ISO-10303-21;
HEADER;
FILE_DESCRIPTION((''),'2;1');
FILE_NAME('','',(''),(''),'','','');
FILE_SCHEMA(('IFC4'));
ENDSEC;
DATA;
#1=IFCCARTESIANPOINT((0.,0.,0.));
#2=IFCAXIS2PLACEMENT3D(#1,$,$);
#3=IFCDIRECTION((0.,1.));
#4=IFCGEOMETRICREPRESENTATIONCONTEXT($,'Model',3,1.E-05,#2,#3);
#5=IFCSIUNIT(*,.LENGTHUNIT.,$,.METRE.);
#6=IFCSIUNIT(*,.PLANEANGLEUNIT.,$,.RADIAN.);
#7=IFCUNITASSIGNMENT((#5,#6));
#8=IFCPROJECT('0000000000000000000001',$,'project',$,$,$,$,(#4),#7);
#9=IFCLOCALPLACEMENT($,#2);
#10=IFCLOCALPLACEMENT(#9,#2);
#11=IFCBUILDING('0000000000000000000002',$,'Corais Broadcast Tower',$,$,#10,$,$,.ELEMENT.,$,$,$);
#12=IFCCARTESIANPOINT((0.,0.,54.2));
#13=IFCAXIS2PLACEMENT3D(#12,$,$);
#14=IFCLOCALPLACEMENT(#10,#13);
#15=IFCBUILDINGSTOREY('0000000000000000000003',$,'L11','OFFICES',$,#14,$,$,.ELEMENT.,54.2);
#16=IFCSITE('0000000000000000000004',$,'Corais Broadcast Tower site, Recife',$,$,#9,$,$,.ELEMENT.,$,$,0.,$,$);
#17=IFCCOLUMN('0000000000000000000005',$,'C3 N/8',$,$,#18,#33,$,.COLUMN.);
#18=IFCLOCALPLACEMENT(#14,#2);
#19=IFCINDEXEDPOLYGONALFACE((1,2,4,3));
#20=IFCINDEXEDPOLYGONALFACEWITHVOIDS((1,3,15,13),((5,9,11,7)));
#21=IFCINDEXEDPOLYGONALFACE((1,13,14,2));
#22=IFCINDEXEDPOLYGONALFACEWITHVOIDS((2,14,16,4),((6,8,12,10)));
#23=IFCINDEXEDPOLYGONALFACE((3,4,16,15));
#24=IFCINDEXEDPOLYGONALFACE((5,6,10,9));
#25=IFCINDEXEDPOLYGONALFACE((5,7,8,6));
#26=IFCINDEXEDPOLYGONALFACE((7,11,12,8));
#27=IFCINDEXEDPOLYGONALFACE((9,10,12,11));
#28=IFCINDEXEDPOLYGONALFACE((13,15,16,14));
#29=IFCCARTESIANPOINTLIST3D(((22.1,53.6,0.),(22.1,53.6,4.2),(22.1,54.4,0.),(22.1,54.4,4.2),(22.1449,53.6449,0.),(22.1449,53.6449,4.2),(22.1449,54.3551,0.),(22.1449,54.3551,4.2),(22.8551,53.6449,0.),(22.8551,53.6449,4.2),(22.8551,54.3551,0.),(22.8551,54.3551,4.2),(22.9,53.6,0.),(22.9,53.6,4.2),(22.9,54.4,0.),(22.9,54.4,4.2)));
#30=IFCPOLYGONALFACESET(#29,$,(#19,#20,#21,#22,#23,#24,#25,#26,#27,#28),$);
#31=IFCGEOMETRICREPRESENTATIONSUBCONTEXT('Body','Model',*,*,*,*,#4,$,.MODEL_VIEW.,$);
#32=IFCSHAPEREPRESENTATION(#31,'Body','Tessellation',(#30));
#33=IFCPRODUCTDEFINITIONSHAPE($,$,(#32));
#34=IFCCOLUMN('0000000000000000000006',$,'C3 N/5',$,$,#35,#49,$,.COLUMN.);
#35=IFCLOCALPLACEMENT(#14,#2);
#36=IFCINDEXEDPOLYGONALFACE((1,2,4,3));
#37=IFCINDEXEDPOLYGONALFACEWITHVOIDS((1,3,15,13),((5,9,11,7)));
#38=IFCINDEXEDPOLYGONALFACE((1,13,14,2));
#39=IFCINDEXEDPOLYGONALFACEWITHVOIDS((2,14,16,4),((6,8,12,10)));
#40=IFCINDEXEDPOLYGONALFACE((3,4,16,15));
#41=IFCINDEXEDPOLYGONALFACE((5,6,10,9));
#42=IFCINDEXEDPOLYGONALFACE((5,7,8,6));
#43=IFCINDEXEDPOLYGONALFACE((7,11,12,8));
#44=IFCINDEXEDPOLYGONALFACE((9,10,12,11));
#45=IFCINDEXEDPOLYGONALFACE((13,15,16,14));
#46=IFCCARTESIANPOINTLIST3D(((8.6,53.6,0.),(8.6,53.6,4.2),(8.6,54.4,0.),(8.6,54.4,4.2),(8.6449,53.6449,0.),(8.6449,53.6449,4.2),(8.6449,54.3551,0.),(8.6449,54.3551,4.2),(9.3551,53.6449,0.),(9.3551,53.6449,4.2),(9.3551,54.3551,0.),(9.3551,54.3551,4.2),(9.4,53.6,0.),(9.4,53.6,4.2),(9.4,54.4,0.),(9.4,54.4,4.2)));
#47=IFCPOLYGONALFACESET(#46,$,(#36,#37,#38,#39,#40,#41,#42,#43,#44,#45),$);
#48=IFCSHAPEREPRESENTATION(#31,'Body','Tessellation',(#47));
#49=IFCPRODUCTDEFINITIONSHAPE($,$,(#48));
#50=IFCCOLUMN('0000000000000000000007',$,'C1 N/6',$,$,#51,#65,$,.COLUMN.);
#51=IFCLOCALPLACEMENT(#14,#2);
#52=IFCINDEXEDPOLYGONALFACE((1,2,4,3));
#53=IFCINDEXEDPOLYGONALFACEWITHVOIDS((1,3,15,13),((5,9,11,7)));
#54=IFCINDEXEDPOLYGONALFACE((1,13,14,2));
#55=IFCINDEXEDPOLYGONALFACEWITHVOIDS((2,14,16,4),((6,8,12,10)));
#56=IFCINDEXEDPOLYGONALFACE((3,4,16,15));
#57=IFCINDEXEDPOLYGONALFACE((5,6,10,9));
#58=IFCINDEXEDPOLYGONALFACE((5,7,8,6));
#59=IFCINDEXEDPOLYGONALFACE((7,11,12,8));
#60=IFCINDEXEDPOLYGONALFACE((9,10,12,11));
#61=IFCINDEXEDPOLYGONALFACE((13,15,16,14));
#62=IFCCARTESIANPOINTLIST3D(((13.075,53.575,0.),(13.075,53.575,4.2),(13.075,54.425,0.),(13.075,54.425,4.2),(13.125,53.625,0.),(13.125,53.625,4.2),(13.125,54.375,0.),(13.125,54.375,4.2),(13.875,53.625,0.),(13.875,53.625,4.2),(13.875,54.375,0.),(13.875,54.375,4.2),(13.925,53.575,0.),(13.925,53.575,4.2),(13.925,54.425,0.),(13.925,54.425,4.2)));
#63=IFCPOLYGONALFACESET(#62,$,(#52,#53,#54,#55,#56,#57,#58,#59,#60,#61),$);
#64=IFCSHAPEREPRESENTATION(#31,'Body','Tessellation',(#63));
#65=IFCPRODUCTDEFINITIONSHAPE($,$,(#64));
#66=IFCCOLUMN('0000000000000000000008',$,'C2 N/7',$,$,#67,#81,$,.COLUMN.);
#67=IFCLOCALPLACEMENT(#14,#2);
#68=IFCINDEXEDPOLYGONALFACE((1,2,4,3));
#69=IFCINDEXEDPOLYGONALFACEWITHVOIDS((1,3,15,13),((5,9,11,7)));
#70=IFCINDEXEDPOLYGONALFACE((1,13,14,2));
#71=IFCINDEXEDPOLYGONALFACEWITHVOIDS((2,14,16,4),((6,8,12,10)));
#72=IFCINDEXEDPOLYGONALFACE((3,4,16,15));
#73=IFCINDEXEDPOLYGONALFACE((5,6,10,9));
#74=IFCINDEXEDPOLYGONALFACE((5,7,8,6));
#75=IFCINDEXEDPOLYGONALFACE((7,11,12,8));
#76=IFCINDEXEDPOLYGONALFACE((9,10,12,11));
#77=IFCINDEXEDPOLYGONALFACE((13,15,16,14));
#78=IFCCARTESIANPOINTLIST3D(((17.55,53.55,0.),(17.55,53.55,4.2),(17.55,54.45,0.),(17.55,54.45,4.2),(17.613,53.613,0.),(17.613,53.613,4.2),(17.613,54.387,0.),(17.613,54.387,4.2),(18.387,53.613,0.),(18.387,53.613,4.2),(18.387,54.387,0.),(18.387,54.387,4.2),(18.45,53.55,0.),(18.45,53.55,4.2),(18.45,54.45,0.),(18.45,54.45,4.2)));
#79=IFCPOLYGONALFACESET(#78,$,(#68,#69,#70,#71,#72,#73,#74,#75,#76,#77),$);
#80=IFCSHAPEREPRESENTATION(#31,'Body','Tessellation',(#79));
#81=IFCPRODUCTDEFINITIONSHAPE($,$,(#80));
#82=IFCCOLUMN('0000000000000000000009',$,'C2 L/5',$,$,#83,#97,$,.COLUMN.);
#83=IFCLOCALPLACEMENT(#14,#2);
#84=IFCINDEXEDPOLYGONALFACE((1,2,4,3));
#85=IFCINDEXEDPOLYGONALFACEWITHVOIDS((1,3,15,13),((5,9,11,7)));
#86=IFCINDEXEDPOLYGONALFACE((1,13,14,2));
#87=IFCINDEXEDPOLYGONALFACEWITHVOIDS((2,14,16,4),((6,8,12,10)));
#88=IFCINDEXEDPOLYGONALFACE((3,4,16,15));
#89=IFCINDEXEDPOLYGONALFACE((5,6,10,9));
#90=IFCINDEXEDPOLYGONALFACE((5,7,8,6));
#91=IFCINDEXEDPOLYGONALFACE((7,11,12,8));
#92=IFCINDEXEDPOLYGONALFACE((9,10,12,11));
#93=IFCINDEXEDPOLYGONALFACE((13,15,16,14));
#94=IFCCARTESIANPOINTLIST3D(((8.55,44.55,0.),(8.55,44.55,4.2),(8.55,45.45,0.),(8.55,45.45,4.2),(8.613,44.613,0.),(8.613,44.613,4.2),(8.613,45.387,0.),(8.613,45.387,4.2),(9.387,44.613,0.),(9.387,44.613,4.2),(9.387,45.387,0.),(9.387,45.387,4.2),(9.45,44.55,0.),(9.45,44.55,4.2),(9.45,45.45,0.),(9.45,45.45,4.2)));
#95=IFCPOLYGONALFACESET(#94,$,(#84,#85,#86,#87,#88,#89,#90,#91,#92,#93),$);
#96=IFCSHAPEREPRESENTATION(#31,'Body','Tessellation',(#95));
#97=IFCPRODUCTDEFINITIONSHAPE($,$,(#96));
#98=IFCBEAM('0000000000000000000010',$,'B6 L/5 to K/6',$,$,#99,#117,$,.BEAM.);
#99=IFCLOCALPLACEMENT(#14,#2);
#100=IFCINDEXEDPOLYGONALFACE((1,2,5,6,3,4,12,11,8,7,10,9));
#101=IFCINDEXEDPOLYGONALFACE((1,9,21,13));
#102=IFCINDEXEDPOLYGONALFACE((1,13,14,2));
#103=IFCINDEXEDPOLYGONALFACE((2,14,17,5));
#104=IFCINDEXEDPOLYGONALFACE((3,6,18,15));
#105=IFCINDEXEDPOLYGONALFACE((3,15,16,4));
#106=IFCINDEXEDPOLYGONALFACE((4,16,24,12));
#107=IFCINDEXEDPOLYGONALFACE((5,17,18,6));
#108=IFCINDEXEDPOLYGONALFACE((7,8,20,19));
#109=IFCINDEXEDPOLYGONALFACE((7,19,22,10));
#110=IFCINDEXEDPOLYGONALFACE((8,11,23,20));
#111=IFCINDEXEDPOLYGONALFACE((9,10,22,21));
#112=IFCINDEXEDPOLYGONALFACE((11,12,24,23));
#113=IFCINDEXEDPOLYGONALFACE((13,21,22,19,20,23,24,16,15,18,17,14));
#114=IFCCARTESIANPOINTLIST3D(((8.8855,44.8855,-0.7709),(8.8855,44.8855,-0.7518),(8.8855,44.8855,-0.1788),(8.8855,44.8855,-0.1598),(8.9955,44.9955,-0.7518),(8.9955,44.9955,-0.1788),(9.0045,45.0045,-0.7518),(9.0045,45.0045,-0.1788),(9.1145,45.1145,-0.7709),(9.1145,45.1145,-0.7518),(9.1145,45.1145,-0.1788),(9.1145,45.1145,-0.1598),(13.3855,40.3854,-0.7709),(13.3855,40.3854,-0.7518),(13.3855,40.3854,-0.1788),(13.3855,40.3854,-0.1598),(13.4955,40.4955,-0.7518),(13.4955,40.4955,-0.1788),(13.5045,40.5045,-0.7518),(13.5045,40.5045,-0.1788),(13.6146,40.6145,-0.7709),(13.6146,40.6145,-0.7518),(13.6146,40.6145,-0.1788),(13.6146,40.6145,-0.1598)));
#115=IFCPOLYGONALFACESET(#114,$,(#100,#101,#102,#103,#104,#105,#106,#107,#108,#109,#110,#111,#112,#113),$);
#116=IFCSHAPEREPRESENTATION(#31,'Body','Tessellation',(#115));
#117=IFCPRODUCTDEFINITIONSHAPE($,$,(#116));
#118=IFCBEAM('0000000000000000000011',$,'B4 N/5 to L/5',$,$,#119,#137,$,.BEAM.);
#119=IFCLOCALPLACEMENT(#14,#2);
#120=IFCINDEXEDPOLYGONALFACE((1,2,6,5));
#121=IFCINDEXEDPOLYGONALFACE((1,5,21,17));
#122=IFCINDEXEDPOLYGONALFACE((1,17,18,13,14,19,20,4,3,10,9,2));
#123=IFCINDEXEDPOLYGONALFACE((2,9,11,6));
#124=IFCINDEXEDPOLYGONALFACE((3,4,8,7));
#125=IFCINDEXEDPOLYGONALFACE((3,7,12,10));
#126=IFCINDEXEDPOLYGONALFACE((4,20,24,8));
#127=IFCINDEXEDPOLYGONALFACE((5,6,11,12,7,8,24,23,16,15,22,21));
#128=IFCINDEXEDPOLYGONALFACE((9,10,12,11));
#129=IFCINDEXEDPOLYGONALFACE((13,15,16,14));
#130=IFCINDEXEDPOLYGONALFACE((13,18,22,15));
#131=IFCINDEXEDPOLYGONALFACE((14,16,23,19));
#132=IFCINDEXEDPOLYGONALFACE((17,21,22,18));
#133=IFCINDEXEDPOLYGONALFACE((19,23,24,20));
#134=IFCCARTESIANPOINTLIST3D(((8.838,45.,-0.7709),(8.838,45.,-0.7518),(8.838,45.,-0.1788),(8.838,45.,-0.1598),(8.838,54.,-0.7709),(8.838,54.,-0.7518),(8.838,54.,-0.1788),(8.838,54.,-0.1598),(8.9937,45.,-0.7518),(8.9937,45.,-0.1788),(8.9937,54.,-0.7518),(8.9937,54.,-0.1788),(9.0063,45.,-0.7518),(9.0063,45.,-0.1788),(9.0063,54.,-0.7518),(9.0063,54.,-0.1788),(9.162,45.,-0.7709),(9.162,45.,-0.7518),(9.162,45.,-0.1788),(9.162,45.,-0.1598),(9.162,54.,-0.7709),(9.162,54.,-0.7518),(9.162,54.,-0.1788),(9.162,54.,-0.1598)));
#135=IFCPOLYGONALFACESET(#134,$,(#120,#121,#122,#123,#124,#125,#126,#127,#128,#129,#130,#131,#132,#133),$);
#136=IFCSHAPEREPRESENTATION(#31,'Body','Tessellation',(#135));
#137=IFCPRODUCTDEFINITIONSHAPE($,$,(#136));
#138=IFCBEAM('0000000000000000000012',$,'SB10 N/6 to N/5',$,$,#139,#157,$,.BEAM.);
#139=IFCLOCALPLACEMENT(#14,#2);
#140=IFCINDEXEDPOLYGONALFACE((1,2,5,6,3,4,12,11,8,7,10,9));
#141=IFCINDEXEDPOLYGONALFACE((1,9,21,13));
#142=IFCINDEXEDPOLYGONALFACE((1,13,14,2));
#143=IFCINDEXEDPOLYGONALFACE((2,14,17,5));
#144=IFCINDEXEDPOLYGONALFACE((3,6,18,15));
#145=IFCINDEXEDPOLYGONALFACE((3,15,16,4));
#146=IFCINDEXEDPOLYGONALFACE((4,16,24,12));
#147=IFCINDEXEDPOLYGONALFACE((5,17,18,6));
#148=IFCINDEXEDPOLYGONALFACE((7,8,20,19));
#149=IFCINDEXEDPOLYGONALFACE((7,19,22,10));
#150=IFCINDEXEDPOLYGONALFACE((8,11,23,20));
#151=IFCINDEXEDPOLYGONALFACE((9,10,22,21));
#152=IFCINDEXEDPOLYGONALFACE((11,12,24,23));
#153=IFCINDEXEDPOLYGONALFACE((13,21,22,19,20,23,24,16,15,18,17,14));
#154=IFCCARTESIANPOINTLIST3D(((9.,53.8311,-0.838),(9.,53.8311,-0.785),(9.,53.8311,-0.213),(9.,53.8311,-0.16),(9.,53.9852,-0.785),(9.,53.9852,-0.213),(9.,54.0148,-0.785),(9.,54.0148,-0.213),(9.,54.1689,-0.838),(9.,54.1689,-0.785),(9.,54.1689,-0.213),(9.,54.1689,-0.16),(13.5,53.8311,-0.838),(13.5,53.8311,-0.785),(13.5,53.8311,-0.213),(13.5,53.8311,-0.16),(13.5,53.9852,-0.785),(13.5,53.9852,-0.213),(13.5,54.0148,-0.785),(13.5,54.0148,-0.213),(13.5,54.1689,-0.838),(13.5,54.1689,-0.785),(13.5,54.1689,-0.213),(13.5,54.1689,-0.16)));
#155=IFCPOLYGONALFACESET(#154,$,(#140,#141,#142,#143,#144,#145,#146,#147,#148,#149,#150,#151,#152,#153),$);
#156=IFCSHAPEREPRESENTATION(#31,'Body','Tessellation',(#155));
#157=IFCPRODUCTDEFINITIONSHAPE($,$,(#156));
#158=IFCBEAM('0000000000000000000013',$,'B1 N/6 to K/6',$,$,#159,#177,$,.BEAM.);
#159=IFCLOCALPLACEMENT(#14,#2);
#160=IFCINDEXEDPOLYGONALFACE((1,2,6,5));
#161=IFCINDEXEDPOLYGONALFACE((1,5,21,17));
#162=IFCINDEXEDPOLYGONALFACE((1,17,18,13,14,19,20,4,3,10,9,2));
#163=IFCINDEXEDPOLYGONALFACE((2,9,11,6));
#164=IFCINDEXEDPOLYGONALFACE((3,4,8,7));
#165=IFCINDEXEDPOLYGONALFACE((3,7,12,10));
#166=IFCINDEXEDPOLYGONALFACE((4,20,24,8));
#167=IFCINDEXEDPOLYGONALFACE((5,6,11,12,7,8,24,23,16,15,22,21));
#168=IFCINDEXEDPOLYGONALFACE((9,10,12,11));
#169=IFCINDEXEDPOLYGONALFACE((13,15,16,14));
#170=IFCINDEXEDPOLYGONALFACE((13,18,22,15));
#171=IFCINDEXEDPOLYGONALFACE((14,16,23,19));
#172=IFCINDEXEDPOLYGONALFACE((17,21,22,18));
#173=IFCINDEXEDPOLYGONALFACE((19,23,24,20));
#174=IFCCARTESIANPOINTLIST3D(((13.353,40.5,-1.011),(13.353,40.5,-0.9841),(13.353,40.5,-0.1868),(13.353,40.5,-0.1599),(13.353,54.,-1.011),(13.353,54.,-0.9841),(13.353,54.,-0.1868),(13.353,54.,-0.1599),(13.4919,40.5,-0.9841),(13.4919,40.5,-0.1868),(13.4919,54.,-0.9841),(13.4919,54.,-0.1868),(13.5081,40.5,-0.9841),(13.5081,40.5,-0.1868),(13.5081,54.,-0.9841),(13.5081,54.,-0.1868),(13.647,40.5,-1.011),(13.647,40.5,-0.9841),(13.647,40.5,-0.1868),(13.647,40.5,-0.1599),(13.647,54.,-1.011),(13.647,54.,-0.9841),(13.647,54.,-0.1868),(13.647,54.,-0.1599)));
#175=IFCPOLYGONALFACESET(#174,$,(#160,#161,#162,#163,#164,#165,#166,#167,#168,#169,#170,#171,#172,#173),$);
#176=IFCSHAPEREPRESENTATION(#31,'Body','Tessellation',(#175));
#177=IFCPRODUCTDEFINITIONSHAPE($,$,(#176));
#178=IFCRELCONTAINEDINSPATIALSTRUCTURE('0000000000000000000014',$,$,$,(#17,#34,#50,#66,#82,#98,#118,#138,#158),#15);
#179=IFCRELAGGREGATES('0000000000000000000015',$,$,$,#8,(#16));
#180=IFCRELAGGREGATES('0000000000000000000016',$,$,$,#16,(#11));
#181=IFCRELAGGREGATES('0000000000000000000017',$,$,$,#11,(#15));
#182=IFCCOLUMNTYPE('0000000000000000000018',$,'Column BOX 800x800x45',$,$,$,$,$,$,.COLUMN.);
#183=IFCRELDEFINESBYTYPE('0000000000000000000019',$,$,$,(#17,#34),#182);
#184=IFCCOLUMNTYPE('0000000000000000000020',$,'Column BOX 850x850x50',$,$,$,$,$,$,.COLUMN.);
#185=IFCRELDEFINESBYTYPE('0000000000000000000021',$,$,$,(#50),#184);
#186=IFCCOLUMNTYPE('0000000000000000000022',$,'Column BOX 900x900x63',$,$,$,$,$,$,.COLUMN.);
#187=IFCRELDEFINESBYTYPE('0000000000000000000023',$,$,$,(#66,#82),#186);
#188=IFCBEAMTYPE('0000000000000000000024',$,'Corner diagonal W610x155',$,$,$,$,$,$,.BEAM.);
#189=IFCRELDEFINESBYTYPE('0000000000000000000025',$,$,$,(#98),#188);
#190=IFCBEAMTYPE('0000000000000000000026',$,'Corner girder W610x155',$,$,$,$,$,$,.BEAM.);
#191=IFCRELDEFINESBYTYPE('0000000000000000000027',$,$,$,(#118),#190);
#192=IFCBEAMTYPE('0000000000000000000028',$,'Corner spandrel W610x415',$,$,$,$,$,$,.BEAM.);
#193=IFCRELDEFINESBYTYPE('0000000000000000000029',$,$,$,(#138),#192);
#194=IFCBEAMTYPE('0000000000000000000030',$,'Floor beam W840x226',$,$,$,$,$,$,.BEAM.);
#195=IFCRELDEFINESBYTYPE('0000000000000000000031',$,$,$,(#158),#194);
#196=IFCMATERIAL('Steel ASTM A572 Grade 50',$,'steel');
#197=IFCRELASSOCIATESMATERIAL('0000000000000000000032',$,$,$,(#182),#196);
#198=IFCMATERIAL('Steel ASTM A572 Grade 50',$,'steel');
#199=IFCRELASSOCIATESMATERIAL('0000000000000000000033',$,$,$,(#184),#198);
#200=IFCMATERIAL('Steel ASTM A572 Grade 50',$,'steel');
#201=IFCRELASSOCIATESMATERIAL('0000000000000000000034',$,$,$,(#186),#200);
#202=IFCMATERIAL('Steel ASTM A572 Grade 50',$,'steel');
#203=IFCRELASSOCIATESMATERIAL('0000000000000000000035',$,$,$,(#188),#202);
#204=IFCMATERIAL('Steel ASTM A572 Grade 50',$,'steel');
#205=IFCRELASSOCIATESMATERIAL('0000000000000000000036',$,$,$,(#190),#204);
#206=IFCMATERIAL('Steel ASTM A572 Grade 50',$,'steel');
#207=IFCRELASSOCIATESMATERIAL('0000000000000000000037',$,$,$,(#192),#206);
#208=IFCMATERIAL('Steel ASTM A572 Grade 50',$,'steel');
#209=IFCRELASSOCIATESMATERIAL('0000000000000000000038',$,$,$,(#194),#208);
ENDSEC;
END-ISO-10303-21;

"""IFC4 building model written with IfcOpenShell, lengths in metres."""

from ifc_helpers import new_model, si_unit, direction, frame, origin, origin_2d, place, context, subcontext, project, spatial, hollow_rectangle, i_section, extrude, material, material_profile, profile_set, type_object, element, save


model = new_model("IFC4")

# Units and contexts
model_context = context("Model", 3, precision=1e-05, world=origin(), true_north=direction((0.0, 1.0)))
body_context = subcontext(model_context, "Body", "Model", "MODEL_VIEW")
ifc_project = project(units=[si_unit("LENGTHUNIT", "METRE"), si_unit("PLANEANGLEUNIT", "RADIAN")], contexts=[model_context])

# Site, building, storey
site_placement = place(None, origin())
site = spatial("IfcSite", under=ifc_project, at=site_placement, Name="Corais Broadcast Tower site, Recife", CompositionType="ELEMENT", RefElevation=0.0)
building_placement = place(site_placement, origin())
building = spatial("IfcBuilding", under=site, at=building_placement, Name="Corais Broadcast Tower", CompositionType="ELEMENT")
storey_placement = place(building_placement, frame((0.0, 0.0, 54.2)))
storey = spatial("IfcBuildingStorey", under=building, at=storey_placement, Name="L11", Description="OFFICES", CompositionType="ELEMENT", Elevation=54.2)

# Columns
ifc_material_1 = material(Name="Steel ASTM A572 Grade 50", Category="steel")
ifc_material_profile_1 = material_profile(ifc_material_1, hollow_rectangle(XDim=0.8, YDim=0.8, WallThickness=0.0449, at=origin_2d()), Name="BOX 800x800x45")
ifc_profile_set_1 = profile_set([ifc_material_profile_1], Name="Steel ASTM A572 Grade 50")
column_type_1 = type_object("IfcColumnType", Name="Column BOX 800x800x45", PredefinedType="COLUMN", material=ifc_profile_set_1)
for number, where, z_axis, x_axis, name in (
    (1, (22.5, 54.0, 0.0), (0.0, 0.0, 1.0), (1.0, 0.0, 0.0), "C3 N/8"),
    (2, (9.0, 54.0, 0.0), (0.0, 0.0, 1.0), (1.0, 0.0, 0.0), "C3 N/5"),
):
    element("IfcColumn", number, at=place(storey_placement, frame(where, z_axis=z_axis, x_axis=x_axis)), inside=storey, type_object=column_type_1, Name=name, PredefinedType="COLUMN", context=body_context, shape_type="SweptSolid", body=[
        extrude(hollow_rectangle(XDim=0.8, YDim=0.8, WallThickness=0.0449, at=origin_2d()), origin(), (0.0, 0.0, 1.0), 4.2),
    ])
ifc_material_2 = material(Name="Steel ASTM A572 Grade 50", Category="steel")
ifc_material_profile_2 = material_profile(ifc_material_2, hollow_rectangle(XDim=0.8501, YDim=0.8501, WallThickness=0.05, at=origin_2d()), Name="BOX 850x850x50")
ifc_profile_set_2 = profile_set([ifc_material_profile_2], Name="Steel ASTM A572 Grade 50")
column_type_2 = type_object("IfcColumnType", Name="Column BOX 850x850x50", PredefinedType="COLUMN", material=ifc_profile_set_2)
column_placement = place(storey_placement, frame((13.5, 54.0, 0.0), z_axis=(0.0, 0.0, 1.0), x_axis=(1.0, 0.0, 0.0)))
element("IfcColumn", 3, at=column_placement, inside=storey, type_object=column_type_2, Name="C1 N/6", PredefinedType="COLUMN", context=body_context, shape_type="SweptSolid", body=[
    extrude(hollow_rectangle(XDim=0.8501, YDim=0.8501, WallThickness=0.05, at=origin_2d()), origin(), (0.0, 0.0, 1.0), 4.2),
])
ifc_material_3 = material(Name="Steel ASTM A572 Grade 50", Category="steel")
ifc_material_profile_3 = material_profile(ifc_material_3, hollow_rectangle(XDim=0.8999, YDim=0.8999, WallThickness=0.063, at=origin_2d()), Name="BOX 900x900x63")
ifc_profile_set_3 = profile_set([ifc_material_profile_3], Name="Steel ASTM A572 Grade 50")
column_type_3 = type_object("IfcColumnType", Name="Column BOX 900x900x63", PredefinedType="COLUMN", material=ifc_profile_set_3)
for number, where, z_axis, x_axis, name in (
    (4, (18.0, 54.0, 0.0), (0.0, 0.0, 1.0), (1.0, 0.0, 0.0), "C2 N/7"),
    (5, (9.0, 45.0, 0.0), (0.0, 0.0, 1.0), (1.0, 0.0, 0.0), "C2 L/5"),
):
    element("IfcColumn", number, at=place(storey_placement, frame(where, z_axis=z_axis, x_axis=x_axis)), inside=storey, type_object=column_type_3, Name=name, PredefinedType="COLUMN", context=body_context, shape_type="SweptSolid", body=[
        extrude(hollow_rectangle(XDim=0.8999, YDim=0.8999, WallThickness=0.063, at=origin_2d()), origin(), (0.0, 0.0, 1.0), 4.2),
    ])

# Beams
ifc_material_4 = material(Name="Steel ASTM A572 Grade 50", Category="steel")
ifc_material_profile_4 = material_profile(ifc_material_4, i_section(OverallWidth=0.324, OverallDepth=0.6111, WebThickness=0.0127, FlangeThickness=0.019, at=origin_2d()), Name="W610x155")
ifc_profile_set_4 = profile_set([ifc_material_profile_4], Name="Steel ASTM A572 Grade 50")
beam_type_1 = type_object("IfcBeamType", Name="Corner diagonal W610x155", PredefinedType="BEAM", material=ifc_profile_set_4)
beam_1_placement = place(storey_placement, frame((9.0, 45.0, -0.4653), z_axis=(0.707107, -0.707107, 0.0), x_axis=(0.707107, 0.707107, 0.0)))
element("IfcBeam", 6, at=beam_1_placement, inside=storey, type_object=beam_type_1, Name="B6 L/5 to K/6", PredefinedType="BEAM", context=body_context, shape_type="SweptSolid", body=[
    extrude(i_section(OverallWidth=0.324, OverallDepth=0.6111, WebThickness=0.0127, FlangeThickness=0.019, at=origin_2d()), origin(), (0.0, 0.0, 1.0), 6.364),
])
ifc_material_5 = material(Name="Steel ASTM A572 Grade 50", Category="steel")
ifc_material_profile_5 = material_profile(ifc_material_5, i_section(OverallWidth=0.324, OverallDepth=0.6111, WebThickness=0.0127, FlangeThickness=0.019, at=origin_2d()), Name="W610x155")
ifc_profile_set_5 = profile_set([ifc_material_profile_5], Name="Steel ASTM A572 Grade 50")
beam_type_2 = type_object("IfcBeamType", Name="Corner girder W610x155", PredefinedType="BEAM", material=ifc_profile_set_5)
beam_2_placement = place(storey_placement, frame((9.0, 54.0, -0.4653), z_axis=(0.0, -1.0, 0.0), x_axis=(1.0, 0.0, 0.0)))
element("IfcBeam", 7, at=beam_2_placement, inside=storey, type_object=beam_type_2, Name="B4 N/5 to L/5", PredefinedType="BEAM", context=body_context, shape_type="SweptSolid", body=[
    extrude(i_section(OverallWidth=0.324, OverallDepth=0.6111, WebThickness=0.0127, FlangeThickness=0.019, at=origin_2d()), origin(), (0.0, 0.0, 1.0), 9.0),
])
ifc_material_6 = material(Name="Steel ASTM A572 Grade 50", Category="steel")
ifc_material_profile_6 = material_profile(ifc_material_6, i_section(OverallWidth=0.3379, OverallDepth=0.678, WebThickness=0.0295, FlangeThickness=0.053, at=origin_2d()), Name="W610x415")
ifc_profile_set_6 = profile_set([ifc_material_profile_6], Name="Steel ASTM A572 Grade 50")
beam_type_3 = type_object("IfcBeamType", Name="Corner spandrel W610x415", PredefinedType="BEAM", material=ifc_profile_set_6)
beam_3_placement = place(storey_placement, frame((13.5, 54.0, -0.499), z_axis=(-1.0, 0.0, 0.0), x_axis=(0.0, -1.0, 0.0)))
element("IfcBeam", 8, at=beam_3_placement, inside=storey, type_object=beam_type_3, Name="SB10 N/6 to N/5", PredefinedType="BEAM", context=body_context, shape_type="SweptSolid", body=[
    extrude(i_section(OverallWidth=0.3379, OverallDepth=0.678, WebThickness=0.0295, FlangeThickness=0.053, at=origin_2d()), origin(), (0.0, 0.0, 1.0), 4.5),
])
ifc_material_7 = material(Name="Steel ASTM A572 Grade 50", Category="steel")
ifc_material_profile_7 = material_profile(ifc_material_7, i_section(OverallWidth=0.2939, OverallDepth=0.8511, WebThickness=0.0161, FlangeThickness=0.0269, at=origin_2d()), Name="W840x226")
ifc_profile_set_7 = profile_set([ifc_material_profile_7], Name="Steel ASTM A572 Grade 50")
beam_type_4 = type_object("IfcBeamType", Name="Floor beam W840x226", PredefinedType="BEAM", material=ifc_profile_set_7)
for number, where, z_axis, x_axis, name in (
    (9, (13.5, 54.0, -0.5854), (0.0, -1.0, 0.0), (1.0, 0.0, 0.0), "B1 N/6 to K/6"),
):
    element("IfcBeam", number, at=place(storey_placement, frame(where, z_axis=z_axis, x_axis=x_axis)), inside=storey, type_object=beam_type_4, Name=name, PredefinedType="BEAM", context=body_context, shape_type="SweptSolid", body=[
        extrude(i_section(OverallWidth=0.2939, OverallDepth=0.8511, WebThickness=0.0161, FlangeThickness=0.0269, at=origin_2d()), origin(), (0.0, 0.0, 1.0), 13.5),
    ])

save(model, "model.ifc")
